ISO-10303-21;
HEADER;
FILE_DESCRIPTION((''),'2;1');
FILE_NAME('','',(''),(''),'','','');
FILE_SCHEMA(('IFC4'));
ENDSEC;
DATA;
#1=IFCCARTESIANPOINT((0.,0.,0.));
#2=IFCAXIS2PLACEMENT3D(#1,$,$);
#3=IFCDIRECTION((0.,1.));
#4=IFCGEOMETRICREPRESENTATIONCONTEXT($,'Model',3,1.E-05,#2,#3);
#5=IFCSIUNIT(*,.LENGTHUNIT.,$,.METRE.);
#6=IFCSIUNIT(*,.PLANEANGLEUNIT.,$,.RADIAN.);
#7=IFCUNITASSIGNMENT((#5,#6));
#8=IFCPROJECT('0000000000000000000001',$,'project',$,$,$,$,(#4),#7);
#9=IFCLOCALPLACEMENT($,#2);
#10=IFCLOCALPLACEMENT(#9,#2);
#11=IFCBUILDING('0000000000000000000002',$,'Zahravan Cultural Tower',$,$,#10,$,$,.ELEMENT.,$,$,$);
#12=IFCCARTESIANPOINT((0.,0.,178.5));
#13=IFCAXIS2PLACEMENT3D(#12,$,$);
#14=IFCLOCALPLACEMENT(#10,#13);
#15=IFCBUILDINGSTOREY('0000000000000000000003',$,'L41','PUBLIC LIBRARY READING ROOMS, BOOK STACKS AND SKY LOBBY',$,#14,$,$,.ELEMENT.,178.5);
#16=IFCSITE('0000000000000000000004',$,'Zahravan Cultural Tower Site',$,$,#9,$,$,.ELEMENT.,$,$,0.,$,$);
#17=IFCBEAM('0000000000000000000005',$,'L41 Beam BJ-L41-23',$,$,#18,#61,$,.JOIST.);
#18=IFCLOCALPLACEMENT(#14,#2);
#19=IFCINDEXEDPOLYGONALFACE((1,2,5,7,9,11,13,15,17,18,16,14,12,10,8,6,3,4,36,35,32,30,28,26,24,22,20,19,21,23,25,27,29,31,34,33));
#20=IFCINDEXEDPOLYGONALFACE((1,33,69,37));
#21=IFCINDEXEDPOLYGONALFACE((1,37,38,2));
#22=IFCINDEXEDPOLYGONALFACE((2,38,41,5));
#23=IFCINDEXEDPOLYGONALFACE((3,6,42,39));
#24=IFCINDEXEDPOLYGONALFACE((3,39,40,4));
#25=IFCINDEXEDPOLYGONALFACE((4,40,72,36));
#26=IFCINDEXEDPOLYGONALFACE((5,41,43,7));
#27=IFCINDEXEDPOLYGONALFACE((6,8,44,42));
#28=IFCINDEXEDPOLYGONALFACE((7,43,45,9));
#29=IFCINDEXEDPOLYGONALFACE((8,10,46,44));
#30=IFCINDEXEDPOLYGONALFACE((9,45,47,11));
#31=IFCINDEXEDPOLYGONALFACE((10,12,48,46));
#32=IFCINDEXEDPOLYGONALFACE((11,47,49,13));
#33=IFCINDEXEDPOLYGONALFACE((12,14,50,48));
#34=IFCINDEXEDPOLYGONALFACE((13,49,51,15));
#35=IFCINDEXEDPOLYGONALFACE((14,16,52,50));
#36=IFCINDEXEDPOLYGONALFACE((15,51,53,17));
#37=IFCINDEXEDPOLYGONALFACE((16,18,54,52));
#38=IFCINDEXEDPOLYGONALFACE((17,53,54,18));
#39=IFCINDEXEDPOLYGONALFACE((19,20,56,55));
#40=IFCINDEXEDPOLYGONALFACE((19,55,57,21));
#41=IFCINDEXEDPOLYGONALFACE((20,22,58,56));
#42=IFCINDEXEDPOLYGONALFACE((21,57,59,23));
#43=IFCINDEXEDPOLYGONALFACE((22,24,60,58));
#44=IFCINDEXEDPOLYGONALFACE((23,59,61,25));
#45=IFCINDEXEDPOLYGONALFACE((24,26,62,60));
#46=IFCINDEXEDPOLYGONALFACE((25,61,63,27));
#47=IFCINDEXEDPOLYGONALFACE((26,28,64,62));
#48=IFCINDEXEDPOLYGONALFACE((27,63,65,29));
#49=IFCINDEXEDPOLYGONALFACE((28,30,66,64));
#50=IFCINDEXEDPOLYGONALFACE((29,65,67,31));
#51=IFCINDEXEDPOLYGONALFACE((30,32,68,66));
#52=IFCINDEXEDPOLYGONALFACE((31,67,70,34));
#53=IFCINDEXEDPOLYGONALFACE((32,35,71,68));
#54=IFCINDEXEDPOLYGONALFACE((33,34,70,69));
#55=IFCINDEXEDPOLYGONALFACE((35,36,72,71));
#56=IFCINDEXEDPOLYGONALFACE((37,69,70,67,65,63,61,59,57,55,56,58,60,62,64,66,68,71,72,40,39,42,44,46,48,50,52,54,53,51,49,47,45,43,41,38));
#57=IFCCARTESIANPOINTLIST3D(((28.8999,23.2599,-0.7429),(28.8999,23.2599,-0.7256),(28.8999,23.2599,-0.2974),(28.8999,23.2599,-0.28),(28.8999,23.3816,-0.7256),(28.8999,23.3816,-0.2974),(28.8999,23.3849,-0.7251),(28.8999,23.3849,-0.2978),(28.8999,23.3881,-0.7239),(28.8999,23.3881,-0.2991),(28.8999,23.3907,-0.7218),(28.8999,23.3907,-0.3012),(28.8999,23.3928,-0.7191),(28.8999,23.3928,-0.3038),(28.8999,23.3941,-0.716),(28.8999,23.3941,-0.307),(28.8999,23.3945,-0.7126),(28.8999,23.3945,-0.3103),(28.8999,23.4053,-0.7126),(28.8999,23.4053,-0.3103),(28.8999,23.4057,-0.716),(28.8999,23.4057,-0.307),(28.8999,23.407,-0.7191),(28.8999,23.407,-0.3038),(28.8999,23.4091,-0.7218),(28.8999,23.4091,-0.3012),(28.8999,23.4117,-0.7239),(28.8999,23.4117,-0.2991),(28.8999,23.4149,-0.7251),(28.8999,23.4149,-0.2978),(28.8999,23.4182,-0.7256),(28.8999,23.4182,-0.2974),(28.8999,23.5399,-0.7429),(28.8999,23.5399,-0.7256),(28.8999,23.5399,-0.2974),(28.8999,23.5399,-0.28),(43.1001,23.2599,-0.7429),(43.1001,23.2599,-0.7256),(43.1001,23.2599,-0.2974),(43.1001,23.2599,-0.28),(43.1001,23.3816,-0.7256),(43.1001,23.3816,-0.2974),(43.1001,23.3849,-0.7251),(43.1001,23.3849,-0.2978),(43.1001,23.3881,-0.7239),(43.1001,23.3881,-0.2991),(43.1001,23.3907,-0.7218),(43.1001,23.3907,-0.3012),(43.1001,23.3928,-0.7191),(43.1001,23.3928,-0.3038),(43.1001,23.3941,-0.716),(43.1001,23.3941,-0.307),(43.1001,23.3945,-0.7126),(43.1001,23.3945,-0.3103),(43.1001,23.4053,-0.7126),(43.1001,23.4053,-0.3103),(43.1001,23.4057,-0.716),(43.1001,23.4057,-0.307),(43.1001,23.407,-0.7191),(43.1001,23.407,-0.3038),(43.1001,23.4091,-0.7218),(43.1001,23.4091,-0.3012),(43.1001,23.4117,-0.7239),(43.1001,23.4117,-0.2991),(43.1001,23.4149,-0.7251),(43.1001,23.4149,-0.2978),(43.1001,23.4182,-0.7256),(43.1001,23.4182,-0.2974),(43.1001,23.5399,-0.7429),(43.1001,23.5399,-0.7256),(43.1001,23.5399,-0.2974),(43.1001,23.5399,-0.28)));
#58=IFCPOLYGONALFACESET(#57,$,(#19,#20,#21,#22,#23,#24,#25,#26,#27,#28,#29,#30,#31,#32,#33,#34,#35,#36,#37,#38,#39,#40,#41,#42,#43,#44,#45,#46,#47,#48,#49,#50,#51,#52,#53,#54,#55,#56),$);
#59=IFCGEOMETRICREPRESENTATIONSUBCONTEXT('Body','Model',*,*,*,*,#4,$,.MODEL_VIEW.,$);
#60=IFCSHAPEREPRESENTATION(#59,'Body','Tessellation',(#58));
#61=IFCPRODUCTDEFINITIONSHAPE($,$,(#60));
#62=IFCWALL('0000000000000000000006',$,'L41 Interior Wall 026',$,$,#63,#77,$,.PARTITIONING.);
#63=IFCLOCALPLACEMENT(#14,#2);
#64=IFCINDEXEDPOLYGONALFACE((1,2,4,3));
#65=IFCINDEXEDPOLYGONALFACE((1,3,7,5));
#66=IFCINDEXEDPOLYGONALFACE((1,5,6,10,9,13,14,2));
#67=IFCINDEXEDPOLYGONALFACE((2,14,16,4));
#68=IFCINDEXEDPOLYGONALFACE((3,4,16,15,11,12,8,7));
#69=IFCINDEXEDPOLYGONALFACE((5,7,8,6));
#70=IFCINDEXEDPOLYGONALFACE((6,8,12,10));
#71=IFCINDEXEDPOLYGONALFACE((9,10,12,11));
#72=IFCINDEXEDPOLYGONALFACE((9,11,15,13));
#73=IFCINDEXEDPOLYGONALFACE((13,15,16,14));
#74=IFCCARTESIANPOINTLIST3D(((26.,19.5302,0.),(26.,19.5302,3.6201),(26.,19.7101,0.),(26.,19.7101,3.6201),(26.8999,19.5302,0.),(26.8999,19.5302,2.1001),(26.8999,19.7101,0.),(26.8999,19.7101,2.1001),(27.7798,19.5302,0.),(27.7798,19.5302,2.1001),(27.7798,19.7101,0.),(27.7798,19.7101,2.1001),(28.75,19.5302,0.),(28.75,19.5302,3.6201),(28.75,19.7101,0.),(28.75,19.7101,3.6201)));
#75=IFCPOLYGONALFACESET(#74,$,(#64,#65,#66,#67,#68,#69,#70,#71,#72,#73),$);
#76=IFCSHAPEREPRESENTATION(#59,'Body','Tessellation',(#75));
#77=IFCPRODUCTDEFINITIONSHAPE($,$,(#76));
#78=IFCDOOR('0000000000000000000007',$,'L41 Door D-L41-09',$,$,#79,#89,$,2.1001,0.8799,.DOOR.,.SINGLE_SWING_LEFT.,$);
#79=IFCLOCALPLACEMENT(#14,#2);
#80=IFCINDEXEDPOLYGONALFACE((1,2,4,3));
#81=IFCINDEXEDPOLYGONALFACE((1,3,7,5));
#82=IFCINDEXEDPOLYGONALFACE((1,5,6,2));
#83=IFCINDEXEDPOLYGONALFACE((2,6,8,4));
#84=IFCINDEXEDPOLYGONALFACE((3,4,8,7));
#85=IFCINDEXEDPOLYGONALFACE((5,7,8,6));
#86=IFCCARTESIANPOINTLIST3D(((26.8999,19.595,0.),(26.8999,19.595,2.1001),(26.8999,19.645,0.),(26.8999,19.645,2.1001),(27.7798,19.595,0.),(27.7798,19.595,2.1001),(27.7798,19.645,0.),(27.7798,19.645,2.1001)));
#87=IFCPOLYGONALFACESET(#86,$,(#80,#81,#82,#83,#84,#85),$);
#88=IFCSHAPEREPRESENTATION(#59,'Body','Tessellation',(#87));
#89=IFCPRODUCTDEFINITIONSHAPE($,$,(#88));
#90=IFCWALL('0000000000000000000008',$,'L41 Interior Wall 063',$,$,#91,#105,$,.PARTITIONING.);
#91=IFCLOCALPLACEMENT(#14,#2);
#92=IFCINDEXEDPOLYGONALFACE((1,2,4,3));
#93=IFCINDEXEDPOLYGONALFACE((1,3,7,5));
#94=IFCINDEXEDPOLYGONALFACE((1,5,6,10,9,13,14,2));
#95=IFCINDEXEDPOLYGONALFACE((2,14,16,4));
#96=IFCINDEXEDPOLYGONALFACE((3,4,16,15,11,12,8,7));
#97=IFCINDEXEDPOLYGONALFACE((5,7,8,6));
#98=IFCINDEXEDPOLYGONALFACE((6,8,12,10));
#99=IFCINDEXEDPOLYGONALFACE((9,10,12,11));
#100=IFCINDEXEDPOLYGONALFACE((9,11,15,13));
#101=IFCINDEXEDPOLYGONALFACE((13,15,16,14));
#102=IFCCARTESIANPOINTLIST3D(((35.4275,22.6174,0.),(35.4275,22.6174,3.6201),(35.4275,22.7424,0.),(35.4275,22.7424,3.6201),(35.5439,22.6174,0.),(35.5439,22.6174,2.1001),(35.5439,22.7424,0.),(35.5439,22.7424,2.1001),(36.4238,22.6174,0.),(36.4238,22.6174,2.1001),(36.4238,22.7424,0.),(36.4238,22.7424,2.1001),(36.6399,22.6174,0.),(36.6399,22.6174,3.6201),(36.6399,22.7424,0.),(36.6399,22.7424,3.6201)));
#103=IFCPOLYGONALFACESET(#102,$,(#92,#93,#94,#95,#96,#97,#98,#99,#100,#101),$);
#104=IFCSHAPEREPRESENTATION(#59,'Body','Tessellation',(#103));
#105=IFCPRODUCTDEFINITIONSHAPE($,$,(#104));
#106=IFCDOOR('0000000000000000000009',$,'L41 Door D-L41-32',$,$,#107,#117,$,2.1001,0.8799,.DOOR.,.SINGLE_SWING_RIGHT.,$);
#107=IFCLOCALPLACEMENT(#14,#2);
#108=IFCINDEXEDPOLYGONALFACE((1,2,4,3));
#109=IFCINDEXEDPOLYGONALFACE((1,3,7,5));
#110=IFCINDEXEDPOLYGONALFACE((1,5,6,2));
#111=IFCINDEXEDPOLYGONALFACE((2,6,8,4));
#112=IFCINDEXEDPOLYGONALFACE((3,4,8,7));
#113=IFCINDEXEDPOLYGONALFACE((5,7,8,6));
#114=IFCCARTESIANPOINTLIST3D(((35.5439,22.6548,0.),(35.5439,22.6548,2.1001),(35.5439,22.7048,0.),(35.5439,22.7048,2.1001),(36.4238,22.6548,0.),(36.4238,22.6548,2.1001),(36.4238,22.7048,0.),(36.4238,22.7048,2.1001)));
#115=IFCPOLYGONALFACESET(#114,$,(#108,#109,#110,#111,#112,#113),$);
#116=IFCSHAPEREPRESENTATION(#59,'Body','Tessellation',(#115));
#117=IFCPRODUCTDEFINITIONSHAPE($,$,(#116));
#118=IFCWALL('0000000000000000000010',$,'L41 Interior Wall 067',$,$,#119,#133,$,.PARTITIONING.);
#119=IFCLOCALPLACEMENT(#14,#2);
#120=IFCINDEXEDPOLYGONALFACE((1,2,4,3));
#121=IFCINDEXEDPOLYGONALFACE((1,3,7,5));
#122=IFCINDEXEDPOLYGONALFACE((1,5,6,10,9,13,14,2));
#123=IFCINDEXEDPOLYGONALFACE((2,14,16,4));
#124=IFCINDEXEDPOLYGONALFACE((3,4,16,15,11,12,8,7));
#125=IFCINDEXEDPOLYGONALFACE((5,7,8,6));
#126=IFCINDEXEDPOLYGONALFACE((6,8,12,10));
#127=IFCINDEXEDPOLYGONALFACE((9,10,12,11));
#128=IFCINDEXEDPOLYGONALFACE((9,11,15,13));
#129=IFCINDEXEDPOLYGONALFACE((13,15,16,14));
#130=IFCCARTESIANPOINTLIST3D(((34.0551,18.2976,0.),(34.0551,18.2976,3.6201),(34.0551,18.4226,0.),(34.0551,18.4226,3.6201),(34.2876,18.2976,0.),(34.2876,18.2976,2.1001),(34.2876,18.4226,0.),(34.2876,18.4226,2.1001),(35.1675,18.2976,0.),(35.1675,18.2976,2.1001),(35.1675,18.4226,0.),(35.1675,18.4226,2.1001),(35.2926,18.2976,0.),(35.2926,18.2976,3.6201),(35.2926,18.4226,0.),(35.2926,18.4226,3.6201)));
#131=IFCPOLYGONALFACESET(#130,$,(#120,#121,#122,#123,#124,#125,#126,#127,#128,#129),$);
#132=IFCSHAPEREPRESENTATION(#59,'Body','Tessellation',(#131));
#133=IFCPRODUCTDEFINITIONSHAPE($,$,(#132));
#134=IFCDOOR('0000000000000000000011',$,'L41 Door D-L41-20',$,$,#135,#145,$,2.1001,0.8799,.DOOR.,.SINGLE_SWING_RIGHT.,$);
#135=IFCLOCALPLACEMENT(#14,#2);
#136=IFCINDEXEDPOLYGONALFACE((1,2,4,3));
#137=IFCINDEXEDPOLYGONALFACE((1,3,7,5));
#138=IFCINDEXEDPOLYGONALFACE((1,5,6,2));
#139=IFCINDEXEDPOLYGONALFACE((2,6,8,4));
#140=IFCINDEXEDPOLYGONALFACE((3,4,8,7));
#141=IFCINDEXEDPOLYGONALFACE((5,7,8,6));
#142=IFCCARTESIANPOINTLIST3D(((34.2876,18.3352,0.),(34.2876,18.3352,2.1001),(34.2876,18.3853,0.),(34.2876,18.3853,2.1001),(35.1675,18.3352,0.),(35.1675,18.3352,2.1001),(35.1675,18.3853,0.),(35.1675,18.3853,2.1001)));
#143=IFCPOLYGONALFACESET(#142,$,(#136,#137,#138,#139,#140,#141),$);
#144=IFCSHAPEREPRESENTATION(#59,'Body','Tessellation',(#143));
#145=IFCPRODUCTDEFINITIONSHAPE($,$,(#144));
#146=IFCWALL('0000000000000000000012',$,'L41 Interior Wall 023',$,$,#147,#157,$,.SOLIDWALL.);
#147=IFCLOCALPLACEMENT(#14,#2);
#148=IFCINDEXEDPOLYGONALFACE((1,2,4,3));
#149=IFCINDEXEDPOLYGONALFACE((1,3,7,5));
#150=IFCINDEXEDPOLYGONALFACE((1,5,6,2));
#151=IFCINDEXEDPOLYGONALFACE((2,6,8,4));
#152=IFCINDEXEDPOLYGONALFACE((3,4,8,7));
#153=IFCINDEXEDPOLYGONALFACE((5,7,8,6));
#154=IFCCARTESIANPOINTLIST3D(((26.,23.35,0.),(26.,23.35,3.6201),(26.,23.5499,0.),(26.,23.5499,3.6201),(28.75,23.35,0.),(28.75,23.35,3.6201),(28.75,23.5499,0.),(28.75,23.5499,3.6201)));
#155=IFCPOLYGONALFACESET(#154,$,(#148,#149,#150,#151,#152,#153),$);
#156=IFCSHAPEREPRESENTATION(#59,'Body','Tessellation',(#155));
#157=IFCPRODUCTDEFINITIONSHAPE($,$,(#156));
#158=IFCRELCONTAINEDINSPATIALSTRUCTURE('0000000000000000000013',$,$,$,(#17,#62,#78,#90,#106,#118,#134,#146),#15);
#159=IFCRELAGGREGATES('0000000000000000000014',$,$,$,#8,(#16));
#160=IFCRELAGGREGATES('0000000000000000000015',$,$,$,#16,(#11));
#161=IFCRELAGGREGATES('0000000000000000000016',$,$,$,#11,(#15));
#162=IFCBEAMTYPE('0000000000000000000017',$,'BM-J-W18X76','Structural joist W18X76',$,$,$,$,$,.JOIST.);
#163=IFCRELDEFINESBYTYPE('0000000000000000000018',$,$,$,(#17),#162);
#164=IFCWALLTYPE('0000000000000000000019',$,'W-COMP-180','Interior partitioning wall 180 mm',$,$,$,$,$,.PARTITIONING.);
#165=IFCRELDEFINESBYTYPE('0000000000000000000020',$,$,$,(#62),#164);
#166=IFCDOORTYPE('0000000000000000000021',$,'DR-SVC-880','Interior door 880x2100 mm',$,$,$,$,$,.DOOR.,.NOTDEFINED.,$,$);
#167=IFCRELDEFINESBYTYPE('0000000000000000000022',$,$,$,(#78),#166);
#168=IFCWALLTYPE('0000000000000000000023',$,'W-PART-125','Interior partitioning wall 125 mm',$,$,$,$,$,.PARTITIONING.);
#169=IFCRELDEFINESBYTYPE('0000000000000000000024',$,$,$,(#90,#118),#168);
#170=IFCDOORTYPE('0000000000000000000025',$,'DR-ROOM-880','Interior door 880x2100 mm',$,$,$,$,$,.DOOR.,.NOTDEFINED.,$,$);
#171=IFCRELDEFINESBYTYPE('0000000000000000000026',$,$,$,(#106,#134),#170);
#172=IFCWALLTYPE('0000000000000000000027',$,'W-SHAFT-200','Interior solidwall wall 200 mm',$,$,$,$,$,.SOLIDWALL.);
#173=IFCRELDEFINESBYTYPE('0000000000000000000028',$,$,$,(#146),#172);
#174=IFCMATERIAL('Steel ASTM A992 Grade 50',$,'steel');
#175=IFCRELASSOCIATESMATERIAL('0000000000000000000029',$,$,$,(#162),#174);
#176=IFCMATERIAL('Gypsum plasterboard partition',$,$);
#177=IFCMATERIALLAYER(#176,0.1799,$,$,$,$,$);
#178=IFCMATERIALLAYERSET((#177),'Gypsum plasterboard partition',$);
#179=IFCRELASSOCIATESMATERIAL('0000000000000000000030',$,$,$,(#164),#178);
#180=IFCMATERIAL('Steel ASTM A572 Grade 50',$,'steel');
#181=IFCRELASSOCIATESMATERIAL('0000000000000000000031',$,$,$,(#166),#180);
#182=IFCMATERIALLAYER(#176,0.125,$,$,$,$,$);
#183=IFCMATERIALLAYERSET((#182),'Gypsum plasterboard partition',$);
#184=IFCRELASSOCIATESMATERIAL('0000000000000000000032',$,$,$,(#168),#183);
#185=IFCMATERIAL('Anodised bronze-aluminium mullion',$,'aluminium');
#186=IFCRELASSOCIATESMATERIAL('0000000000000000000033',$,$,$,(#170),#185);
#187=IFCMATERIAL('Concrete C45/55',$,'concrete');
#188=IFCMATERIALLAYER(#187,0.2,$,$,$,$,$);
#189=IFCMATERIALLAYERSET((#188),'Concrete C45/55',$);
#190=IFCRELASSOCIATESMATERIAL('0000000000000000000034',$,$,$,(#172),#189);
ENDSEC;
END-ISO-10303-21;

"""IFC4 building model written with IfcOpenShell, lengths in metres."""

from ifc_helpers import new_model, si_unit, direction, frame, frame_2d, origin, origin_2d, place, context, subcontext, project, spatial, rectangle, i_section, extrude, source, transform, mapped, material, layer, layer_set, material_profile, profile_set, type_object, element, fill, save


model = new_model("IFC4")

# Units and contexts
model_context = context("Model", 3, precision=1e-05, world=origin(), true_north=direction((0.0, 1.0)))
body_context = subcontext(model_context, "Body", "Model", "MODEL_VIEW")
ifc_project = project(units=[si_unit("LENGTHUNIT", "METRE"), si_unit("PLANEANGLEUNIT", "RADIAN")], contexts=[model_context])

# Site, building, storey
site_placement = place(None, origin())
site = spatial("IfcSite", under=ifc_project, at=site_placement, Name="Zahravan Cultural Tower Site", CompositionType="ELEMENT", RefElevation=0.0)
building_placement = place(site_placement, origin())
building = spatial("IfcBuilding", under=site, at=building_placement, Name="Zahravan Cultural Tower", CompositionType="ELEMENT")
storey_placement = place(building_placement, frame((0.0, 0.0, 178.5)))
storey = spatial("IfcBuildingStorey", under=building, at=storey_placement, Name="L41", Description="PUBLIC LIBRARY READING ROOMS, BOOK STACKS AND SKY LOBBY", CompositionType="ELEMENT", Elevation=178.5)

# Beam
ifc_material_1 = material(Name="Steel ASTM A992 Grade 50", Category="steel")
ifc_material_profile = material_profile(ifc_material_1, i_section(OverallWidth=0.28, OverallDepth=0.4629, WebThickness=0.0107, FlangeThickness=0.0173, FilletRadius=0.0129, at=origin_2d()), Name="W18X76")
ifc_profile_set = profile_set([ifc_material_profile], Name="Steel ASTM A992 Grade 50")
beam_type = type_object("IfcBeamType", Name="BM-J-W18X76", Description="Structural joist W18X76", PredefinedType="JOIST", material=ifc_profile_set)
shared_shape_1 = source(origin(), body_context, "Body", "SweptSolid", [
    extrude(i_section(OverallWidth=0.28, OverallDepth=0.4629, WebThickness=0.0107, FlangeThickness=0.0173, FilletRadius=0.0129, at=origin_2d()), origin(), (0.0, 0.0, 1.0), 14.2002),
])
beam_placement = place(storey_placement, frame((28.8999, 23.3999, -0.5115), z_axis=(1.0, 0.0, 0.0), x_axis=(0.0, 1.0, 0.0)))
element("IfcBeam", 1, at=beam_placement, inside=storey, type_object=beam_type, Name="L41 Beam BJ-L41-23", PredefinedType="JOIST", context=body_context, shape_type="MappedRepresentation", body=[
    mapped(shared_shape_1, transform((0.0, 0.0, 0.0), x_axis=(1.0, 0.0, 0.0), y_axis=(0.0, 1.0, 0.0), z_axis=(0.0, 0.0, 1.0), scale=1.0)),
])

# Walls, openings, doors
ifc_material_2 = material(Name="Gypsum plasterboard partition")
ifc_layer_1 = layer(ifc_material_2, 0.1799)
ifc_layer_set_1 = layer_set([ifc_layer_1], Name="Gypsum plasterboard partition")
wall_type_1 = type_object("IfcWallType", Name="W-COMP-180", Description="Interior partitioning wall 180 mm", PredefinedType="PARTITIONING", material=ifc_layer_set_1)
wall_1_placement = place(storey_placement, frame((26.0, 19.6201, 0.0), z_axis=(0.0, 0.0, 1.0), x_axis=(1.0, 0.0, 0.0)))
wall_1 = element("IfcWall", 2, at=wall_1_placement, inside=storey, type_object=wall_type_1, Name="L41 Interior Wall 026", PredefinedType="PARTITIONING", context=body_context, shape_type="SweptSolid", body=[
    extrude(rectangle(XDim=2.75, YDim=0.1799, at=frame_2d((1.375, 0.0))), origin(), (0.0, 0.0, 1.0), 3.6201),
])
opening_1_placement = place(wall_1_placement, frame((0.8999, 0.0, 0.0)))
opening_1 = element("IfcOpeningElement", 3, at=opening_1_placement, cuts=wall_1, PredefinedType="OPENING", context=body_context, shape_type="SweptSolid", body=[
    extrude(rectangle(XDim=0.8799, YDim=2.1001, at=frame_2d((0.4399, 1.05))), frame((0.0, 0.0999, 0.0), z_axis=(0.0, -1.0, 0.0), x_axis=(1.0, 0.0, 0.0)), (0.0, 0.0, 1.0), 0.2),
])
ifc_material_3 = material(Name="Steel ASTM A572 Grade 50", Category="steel")
door_type_1 = type_object("IfcDoorType", Name="DR-SVC-880", Description="Interior door 880x2100 mm", OperationType="NOTDEFINED", PredefinedType="DOOR", material=ifc_material_3)
shared_shape_2 = source(origin(), body_context, "Body", "SweptSolid", [
    extrude(rectangle(XDim=0.8799, YDim=2.1001, at=frame_2d((0.4399, 1.05))), frame((0.0, 0.0249, 0.0), z_axis=(0.0, -1.0, 0.0), x_axis=(1.0, 0.0, 0.0)), (0.0, 0.0, 1.0), 0.05),
])
door_1_placement = place(opening_1_placement, origin())
door_1 = element("IfcDoor", 4, at=door_1_placement, inside=storey, type_object=door_type_1, Name="L41 Door D-L41-09", OperationType="SINGLE_SWING_LEFT", OverallHeight=2.1001, OverallWidth=0.8799, PredefinedType="DOOR", context=body_context, shape_type="MappedRepresentation", body=[
    mapped(shared_shape_2, transform((0.0, 0.0, 0.0), x_axis=(1.0, 0.0, 0.0), y_axis=(0.0, 1.0, 0.0), z_axis=(0.0, 0.0, 1.0), scale=1.0)),
])
fill(opening_1, door_1)
ifc_layer_2 = layer(ifc_material_2, 0.125)
ifc_layer_set_2 = layer_set([ifc_layer_2], Name="Gypsum plasterboard partition")
wall_type_2 = type_object("IfcWallType", Name="W-PART-125", Description="Interior partitioning wall 125 mm", PredefinedType="PARTITIONING", material=ifc_layer_set_2)
wall_2_placement = place(storey_placement, frame((35.4275, 22.6799, 0.0), z_axis=(0.0, 0.0, 1.0), x_axis=(1.0, 0.0, 0.0)))
wall_2 = element("IfcWall", 5, at=wall_2_placement, inside=storey, type_object=wall_type_2, Name="L41 Interior Wall 063", PredefinedType="PARTITIONING", context=body_context, shape_type="SweptSolid", body=[
    extrude(rectangle(XDim=1.2124, YDim=0.125, at=frame_2d((0.6062, 0.0))), origin(), (0.0, 0.0, 1.0), 3.6201),
])
opening_2_placement = place(wall_2_placement, frame((0.1165, 0.0, 0.0)))
opening_2 = element("IfcOpeningElement", 6, at=opening_2_placement, cuts=wall_2, PredefinedType="OPENING", context=body_context, shape_type="SweptSolid", body=[
    extrude(rectangle(XDim=0.8799, YDim=2.1001, at=frame_2d((0.4399, 1.05))), frame((0.0, 0.0725, 0.0), z_axis=(0.0, -1.0, 0.0), x_axis=(1.0, 0.0, 0.0)), (0.0, 0.0, 1.0), 0.145),
])
ifc_material_4 = material(Name="Anodised bronze-aluminium mullion", Category="aluminium")
door_type_2 = type_object("IfcDoorType", Name="DR-ROOM-880", Description="Interior door 880x2100 mm", OperationType="NOTDEFINED", PredefinedType="DOOR", material=ifc_material_4)
door_2_placement = place(opening_2_placement, origin())
door_2 = element("IfcDoor", 7, at=door_2_placement, inside=storey, type_object=door_type_2, Name="L41 Door D-L41-32", OperationType="SINGLE_SWING_RIGHT", OverallHeight=2.1001, OverallWidth=0.8799, PredefinedType="DOOR", context=body_context, shape_type="MappedRepresentation", body=[
    mapped(shared_shape_2, transform((0.0, 0.0, 0.0), x_axis=(1.0, 0.0, 0.0), y_axis=(0.0, 1.0, 0.0), z_axis=(0.0, 0.0, 1.0), scale=1.0)),
])
fill(opening_2, door_2)
wall_3_placement = place(storey_placement, frame((35.2925, 18.3601, 0.0), z_axis=(0.0, 0.0, 1.0), x_axis=(-1.0, 0.0, 0.0)))
wall_3 = element("IfcWall", 8, at=wall_3_placement, inside=storey, type_object=wall_type_2, Name="L41 Interior Wall 067", PredefinedType="PARTITIONING", context=body_context, shape_type="SweptSolid", body=[
    extrude(rectangle(XDim=1.2375, YDim=0.125, at=frame_2d((0.6187, 0.0))), origin(), (0.0, 0.0, 1.0), 3.6201),
])
opening_3_placement = place(wall_3_placement, frame((0.125, 0.0, 0.0)))
opening_3 = element("IfcOpeningElement", 9, at=opening_3_placement, cuts=wall_3, PredefinedType="OPENING", context=body_context, shape_type="SweptSolid", body=[
    extrude(rectangle(XDim=0.8799, YDim=2.1001, at=frame_2d((0.4399, 1.05))), frame((0.0, 0.0725, 0.0), z_axis=(0.0, -1.0, 0.0), x_axis=(1.0, 0.0, 0.0)), (0.0, 0.0, 1.0), 0.145),
])
door_3_placement = place(opening_3_placement, origin())
door_3 = element("IfcDoor", 10, at=door_3_placement, inside=storey, type_object=door_type_2, Name="L41 Door D-L41-20", OperationType="SINGLE_SWING_RIGHT", OverallHeight=2.1001, OverallWidth=0.8799, PredefinedType="DOOR", context=body_context, shape_type="MappedRepresentation", body=[
    mapped(shared_shape_2, transform((0.0, 0.0, 0.0), x_axis=(1.0, 0.0, 0.0), y_axis=(0.0, 1.0, 0.0), z_axis=(0.0, 0.0, 1.0), scale=1.0)),
])
fill(opening_3, door_3)
ifc_material_5 = material(Name="Concrete C45/55", Category="concrete")
ifc_layer_3 = layer(ifc_material_5, 0.2)
ifc_layer_set_3 = layer_set([ifc_layer_3], Name="Concrete C45/55")
wall_type_3 = type_object("IfcWallType", Name="W-SHAFT-200", Description="Interior solidwall wall 200 mm", PredefinedType="SOLIDWALL", material=ifc_layer_set_3)

# Wall
shared_shape_3 = source(origin(), body_context, "Body", "SweptSolid", [
    extrude(rectangle(XDim=2.75, YDim=0.2, at=frame_2d((1.375, 0.0))), origin(), (0.0, 0.0, 1.0), 3.6201),
])
wall_4_placement = place(storey_placement, frame((26.0, 23.45, 0.0), z_axis=(0.0, 0.0, 1.0), x_axis=(1.0, 0.0, 0.0)))
element("IfcWall", 11, at=wall_4_placement, inside=storey, type_object=wall_type_3, Name="L41 Interior Wall 023", PredefinedType="SOLIDWALL", context=body_context, shape_type="MappedRepresentation", body=[
    mapped(shared_shape_3, transform((0.0, 0.0, 0.0), x_axis=(1.0, 0.0, 0.0), y_axis=(0.0, 1.0, 0.0), z_axis=(0.0, 0.0, 1.0), scale=1.0)),
])

save(model, "model.ifc")
